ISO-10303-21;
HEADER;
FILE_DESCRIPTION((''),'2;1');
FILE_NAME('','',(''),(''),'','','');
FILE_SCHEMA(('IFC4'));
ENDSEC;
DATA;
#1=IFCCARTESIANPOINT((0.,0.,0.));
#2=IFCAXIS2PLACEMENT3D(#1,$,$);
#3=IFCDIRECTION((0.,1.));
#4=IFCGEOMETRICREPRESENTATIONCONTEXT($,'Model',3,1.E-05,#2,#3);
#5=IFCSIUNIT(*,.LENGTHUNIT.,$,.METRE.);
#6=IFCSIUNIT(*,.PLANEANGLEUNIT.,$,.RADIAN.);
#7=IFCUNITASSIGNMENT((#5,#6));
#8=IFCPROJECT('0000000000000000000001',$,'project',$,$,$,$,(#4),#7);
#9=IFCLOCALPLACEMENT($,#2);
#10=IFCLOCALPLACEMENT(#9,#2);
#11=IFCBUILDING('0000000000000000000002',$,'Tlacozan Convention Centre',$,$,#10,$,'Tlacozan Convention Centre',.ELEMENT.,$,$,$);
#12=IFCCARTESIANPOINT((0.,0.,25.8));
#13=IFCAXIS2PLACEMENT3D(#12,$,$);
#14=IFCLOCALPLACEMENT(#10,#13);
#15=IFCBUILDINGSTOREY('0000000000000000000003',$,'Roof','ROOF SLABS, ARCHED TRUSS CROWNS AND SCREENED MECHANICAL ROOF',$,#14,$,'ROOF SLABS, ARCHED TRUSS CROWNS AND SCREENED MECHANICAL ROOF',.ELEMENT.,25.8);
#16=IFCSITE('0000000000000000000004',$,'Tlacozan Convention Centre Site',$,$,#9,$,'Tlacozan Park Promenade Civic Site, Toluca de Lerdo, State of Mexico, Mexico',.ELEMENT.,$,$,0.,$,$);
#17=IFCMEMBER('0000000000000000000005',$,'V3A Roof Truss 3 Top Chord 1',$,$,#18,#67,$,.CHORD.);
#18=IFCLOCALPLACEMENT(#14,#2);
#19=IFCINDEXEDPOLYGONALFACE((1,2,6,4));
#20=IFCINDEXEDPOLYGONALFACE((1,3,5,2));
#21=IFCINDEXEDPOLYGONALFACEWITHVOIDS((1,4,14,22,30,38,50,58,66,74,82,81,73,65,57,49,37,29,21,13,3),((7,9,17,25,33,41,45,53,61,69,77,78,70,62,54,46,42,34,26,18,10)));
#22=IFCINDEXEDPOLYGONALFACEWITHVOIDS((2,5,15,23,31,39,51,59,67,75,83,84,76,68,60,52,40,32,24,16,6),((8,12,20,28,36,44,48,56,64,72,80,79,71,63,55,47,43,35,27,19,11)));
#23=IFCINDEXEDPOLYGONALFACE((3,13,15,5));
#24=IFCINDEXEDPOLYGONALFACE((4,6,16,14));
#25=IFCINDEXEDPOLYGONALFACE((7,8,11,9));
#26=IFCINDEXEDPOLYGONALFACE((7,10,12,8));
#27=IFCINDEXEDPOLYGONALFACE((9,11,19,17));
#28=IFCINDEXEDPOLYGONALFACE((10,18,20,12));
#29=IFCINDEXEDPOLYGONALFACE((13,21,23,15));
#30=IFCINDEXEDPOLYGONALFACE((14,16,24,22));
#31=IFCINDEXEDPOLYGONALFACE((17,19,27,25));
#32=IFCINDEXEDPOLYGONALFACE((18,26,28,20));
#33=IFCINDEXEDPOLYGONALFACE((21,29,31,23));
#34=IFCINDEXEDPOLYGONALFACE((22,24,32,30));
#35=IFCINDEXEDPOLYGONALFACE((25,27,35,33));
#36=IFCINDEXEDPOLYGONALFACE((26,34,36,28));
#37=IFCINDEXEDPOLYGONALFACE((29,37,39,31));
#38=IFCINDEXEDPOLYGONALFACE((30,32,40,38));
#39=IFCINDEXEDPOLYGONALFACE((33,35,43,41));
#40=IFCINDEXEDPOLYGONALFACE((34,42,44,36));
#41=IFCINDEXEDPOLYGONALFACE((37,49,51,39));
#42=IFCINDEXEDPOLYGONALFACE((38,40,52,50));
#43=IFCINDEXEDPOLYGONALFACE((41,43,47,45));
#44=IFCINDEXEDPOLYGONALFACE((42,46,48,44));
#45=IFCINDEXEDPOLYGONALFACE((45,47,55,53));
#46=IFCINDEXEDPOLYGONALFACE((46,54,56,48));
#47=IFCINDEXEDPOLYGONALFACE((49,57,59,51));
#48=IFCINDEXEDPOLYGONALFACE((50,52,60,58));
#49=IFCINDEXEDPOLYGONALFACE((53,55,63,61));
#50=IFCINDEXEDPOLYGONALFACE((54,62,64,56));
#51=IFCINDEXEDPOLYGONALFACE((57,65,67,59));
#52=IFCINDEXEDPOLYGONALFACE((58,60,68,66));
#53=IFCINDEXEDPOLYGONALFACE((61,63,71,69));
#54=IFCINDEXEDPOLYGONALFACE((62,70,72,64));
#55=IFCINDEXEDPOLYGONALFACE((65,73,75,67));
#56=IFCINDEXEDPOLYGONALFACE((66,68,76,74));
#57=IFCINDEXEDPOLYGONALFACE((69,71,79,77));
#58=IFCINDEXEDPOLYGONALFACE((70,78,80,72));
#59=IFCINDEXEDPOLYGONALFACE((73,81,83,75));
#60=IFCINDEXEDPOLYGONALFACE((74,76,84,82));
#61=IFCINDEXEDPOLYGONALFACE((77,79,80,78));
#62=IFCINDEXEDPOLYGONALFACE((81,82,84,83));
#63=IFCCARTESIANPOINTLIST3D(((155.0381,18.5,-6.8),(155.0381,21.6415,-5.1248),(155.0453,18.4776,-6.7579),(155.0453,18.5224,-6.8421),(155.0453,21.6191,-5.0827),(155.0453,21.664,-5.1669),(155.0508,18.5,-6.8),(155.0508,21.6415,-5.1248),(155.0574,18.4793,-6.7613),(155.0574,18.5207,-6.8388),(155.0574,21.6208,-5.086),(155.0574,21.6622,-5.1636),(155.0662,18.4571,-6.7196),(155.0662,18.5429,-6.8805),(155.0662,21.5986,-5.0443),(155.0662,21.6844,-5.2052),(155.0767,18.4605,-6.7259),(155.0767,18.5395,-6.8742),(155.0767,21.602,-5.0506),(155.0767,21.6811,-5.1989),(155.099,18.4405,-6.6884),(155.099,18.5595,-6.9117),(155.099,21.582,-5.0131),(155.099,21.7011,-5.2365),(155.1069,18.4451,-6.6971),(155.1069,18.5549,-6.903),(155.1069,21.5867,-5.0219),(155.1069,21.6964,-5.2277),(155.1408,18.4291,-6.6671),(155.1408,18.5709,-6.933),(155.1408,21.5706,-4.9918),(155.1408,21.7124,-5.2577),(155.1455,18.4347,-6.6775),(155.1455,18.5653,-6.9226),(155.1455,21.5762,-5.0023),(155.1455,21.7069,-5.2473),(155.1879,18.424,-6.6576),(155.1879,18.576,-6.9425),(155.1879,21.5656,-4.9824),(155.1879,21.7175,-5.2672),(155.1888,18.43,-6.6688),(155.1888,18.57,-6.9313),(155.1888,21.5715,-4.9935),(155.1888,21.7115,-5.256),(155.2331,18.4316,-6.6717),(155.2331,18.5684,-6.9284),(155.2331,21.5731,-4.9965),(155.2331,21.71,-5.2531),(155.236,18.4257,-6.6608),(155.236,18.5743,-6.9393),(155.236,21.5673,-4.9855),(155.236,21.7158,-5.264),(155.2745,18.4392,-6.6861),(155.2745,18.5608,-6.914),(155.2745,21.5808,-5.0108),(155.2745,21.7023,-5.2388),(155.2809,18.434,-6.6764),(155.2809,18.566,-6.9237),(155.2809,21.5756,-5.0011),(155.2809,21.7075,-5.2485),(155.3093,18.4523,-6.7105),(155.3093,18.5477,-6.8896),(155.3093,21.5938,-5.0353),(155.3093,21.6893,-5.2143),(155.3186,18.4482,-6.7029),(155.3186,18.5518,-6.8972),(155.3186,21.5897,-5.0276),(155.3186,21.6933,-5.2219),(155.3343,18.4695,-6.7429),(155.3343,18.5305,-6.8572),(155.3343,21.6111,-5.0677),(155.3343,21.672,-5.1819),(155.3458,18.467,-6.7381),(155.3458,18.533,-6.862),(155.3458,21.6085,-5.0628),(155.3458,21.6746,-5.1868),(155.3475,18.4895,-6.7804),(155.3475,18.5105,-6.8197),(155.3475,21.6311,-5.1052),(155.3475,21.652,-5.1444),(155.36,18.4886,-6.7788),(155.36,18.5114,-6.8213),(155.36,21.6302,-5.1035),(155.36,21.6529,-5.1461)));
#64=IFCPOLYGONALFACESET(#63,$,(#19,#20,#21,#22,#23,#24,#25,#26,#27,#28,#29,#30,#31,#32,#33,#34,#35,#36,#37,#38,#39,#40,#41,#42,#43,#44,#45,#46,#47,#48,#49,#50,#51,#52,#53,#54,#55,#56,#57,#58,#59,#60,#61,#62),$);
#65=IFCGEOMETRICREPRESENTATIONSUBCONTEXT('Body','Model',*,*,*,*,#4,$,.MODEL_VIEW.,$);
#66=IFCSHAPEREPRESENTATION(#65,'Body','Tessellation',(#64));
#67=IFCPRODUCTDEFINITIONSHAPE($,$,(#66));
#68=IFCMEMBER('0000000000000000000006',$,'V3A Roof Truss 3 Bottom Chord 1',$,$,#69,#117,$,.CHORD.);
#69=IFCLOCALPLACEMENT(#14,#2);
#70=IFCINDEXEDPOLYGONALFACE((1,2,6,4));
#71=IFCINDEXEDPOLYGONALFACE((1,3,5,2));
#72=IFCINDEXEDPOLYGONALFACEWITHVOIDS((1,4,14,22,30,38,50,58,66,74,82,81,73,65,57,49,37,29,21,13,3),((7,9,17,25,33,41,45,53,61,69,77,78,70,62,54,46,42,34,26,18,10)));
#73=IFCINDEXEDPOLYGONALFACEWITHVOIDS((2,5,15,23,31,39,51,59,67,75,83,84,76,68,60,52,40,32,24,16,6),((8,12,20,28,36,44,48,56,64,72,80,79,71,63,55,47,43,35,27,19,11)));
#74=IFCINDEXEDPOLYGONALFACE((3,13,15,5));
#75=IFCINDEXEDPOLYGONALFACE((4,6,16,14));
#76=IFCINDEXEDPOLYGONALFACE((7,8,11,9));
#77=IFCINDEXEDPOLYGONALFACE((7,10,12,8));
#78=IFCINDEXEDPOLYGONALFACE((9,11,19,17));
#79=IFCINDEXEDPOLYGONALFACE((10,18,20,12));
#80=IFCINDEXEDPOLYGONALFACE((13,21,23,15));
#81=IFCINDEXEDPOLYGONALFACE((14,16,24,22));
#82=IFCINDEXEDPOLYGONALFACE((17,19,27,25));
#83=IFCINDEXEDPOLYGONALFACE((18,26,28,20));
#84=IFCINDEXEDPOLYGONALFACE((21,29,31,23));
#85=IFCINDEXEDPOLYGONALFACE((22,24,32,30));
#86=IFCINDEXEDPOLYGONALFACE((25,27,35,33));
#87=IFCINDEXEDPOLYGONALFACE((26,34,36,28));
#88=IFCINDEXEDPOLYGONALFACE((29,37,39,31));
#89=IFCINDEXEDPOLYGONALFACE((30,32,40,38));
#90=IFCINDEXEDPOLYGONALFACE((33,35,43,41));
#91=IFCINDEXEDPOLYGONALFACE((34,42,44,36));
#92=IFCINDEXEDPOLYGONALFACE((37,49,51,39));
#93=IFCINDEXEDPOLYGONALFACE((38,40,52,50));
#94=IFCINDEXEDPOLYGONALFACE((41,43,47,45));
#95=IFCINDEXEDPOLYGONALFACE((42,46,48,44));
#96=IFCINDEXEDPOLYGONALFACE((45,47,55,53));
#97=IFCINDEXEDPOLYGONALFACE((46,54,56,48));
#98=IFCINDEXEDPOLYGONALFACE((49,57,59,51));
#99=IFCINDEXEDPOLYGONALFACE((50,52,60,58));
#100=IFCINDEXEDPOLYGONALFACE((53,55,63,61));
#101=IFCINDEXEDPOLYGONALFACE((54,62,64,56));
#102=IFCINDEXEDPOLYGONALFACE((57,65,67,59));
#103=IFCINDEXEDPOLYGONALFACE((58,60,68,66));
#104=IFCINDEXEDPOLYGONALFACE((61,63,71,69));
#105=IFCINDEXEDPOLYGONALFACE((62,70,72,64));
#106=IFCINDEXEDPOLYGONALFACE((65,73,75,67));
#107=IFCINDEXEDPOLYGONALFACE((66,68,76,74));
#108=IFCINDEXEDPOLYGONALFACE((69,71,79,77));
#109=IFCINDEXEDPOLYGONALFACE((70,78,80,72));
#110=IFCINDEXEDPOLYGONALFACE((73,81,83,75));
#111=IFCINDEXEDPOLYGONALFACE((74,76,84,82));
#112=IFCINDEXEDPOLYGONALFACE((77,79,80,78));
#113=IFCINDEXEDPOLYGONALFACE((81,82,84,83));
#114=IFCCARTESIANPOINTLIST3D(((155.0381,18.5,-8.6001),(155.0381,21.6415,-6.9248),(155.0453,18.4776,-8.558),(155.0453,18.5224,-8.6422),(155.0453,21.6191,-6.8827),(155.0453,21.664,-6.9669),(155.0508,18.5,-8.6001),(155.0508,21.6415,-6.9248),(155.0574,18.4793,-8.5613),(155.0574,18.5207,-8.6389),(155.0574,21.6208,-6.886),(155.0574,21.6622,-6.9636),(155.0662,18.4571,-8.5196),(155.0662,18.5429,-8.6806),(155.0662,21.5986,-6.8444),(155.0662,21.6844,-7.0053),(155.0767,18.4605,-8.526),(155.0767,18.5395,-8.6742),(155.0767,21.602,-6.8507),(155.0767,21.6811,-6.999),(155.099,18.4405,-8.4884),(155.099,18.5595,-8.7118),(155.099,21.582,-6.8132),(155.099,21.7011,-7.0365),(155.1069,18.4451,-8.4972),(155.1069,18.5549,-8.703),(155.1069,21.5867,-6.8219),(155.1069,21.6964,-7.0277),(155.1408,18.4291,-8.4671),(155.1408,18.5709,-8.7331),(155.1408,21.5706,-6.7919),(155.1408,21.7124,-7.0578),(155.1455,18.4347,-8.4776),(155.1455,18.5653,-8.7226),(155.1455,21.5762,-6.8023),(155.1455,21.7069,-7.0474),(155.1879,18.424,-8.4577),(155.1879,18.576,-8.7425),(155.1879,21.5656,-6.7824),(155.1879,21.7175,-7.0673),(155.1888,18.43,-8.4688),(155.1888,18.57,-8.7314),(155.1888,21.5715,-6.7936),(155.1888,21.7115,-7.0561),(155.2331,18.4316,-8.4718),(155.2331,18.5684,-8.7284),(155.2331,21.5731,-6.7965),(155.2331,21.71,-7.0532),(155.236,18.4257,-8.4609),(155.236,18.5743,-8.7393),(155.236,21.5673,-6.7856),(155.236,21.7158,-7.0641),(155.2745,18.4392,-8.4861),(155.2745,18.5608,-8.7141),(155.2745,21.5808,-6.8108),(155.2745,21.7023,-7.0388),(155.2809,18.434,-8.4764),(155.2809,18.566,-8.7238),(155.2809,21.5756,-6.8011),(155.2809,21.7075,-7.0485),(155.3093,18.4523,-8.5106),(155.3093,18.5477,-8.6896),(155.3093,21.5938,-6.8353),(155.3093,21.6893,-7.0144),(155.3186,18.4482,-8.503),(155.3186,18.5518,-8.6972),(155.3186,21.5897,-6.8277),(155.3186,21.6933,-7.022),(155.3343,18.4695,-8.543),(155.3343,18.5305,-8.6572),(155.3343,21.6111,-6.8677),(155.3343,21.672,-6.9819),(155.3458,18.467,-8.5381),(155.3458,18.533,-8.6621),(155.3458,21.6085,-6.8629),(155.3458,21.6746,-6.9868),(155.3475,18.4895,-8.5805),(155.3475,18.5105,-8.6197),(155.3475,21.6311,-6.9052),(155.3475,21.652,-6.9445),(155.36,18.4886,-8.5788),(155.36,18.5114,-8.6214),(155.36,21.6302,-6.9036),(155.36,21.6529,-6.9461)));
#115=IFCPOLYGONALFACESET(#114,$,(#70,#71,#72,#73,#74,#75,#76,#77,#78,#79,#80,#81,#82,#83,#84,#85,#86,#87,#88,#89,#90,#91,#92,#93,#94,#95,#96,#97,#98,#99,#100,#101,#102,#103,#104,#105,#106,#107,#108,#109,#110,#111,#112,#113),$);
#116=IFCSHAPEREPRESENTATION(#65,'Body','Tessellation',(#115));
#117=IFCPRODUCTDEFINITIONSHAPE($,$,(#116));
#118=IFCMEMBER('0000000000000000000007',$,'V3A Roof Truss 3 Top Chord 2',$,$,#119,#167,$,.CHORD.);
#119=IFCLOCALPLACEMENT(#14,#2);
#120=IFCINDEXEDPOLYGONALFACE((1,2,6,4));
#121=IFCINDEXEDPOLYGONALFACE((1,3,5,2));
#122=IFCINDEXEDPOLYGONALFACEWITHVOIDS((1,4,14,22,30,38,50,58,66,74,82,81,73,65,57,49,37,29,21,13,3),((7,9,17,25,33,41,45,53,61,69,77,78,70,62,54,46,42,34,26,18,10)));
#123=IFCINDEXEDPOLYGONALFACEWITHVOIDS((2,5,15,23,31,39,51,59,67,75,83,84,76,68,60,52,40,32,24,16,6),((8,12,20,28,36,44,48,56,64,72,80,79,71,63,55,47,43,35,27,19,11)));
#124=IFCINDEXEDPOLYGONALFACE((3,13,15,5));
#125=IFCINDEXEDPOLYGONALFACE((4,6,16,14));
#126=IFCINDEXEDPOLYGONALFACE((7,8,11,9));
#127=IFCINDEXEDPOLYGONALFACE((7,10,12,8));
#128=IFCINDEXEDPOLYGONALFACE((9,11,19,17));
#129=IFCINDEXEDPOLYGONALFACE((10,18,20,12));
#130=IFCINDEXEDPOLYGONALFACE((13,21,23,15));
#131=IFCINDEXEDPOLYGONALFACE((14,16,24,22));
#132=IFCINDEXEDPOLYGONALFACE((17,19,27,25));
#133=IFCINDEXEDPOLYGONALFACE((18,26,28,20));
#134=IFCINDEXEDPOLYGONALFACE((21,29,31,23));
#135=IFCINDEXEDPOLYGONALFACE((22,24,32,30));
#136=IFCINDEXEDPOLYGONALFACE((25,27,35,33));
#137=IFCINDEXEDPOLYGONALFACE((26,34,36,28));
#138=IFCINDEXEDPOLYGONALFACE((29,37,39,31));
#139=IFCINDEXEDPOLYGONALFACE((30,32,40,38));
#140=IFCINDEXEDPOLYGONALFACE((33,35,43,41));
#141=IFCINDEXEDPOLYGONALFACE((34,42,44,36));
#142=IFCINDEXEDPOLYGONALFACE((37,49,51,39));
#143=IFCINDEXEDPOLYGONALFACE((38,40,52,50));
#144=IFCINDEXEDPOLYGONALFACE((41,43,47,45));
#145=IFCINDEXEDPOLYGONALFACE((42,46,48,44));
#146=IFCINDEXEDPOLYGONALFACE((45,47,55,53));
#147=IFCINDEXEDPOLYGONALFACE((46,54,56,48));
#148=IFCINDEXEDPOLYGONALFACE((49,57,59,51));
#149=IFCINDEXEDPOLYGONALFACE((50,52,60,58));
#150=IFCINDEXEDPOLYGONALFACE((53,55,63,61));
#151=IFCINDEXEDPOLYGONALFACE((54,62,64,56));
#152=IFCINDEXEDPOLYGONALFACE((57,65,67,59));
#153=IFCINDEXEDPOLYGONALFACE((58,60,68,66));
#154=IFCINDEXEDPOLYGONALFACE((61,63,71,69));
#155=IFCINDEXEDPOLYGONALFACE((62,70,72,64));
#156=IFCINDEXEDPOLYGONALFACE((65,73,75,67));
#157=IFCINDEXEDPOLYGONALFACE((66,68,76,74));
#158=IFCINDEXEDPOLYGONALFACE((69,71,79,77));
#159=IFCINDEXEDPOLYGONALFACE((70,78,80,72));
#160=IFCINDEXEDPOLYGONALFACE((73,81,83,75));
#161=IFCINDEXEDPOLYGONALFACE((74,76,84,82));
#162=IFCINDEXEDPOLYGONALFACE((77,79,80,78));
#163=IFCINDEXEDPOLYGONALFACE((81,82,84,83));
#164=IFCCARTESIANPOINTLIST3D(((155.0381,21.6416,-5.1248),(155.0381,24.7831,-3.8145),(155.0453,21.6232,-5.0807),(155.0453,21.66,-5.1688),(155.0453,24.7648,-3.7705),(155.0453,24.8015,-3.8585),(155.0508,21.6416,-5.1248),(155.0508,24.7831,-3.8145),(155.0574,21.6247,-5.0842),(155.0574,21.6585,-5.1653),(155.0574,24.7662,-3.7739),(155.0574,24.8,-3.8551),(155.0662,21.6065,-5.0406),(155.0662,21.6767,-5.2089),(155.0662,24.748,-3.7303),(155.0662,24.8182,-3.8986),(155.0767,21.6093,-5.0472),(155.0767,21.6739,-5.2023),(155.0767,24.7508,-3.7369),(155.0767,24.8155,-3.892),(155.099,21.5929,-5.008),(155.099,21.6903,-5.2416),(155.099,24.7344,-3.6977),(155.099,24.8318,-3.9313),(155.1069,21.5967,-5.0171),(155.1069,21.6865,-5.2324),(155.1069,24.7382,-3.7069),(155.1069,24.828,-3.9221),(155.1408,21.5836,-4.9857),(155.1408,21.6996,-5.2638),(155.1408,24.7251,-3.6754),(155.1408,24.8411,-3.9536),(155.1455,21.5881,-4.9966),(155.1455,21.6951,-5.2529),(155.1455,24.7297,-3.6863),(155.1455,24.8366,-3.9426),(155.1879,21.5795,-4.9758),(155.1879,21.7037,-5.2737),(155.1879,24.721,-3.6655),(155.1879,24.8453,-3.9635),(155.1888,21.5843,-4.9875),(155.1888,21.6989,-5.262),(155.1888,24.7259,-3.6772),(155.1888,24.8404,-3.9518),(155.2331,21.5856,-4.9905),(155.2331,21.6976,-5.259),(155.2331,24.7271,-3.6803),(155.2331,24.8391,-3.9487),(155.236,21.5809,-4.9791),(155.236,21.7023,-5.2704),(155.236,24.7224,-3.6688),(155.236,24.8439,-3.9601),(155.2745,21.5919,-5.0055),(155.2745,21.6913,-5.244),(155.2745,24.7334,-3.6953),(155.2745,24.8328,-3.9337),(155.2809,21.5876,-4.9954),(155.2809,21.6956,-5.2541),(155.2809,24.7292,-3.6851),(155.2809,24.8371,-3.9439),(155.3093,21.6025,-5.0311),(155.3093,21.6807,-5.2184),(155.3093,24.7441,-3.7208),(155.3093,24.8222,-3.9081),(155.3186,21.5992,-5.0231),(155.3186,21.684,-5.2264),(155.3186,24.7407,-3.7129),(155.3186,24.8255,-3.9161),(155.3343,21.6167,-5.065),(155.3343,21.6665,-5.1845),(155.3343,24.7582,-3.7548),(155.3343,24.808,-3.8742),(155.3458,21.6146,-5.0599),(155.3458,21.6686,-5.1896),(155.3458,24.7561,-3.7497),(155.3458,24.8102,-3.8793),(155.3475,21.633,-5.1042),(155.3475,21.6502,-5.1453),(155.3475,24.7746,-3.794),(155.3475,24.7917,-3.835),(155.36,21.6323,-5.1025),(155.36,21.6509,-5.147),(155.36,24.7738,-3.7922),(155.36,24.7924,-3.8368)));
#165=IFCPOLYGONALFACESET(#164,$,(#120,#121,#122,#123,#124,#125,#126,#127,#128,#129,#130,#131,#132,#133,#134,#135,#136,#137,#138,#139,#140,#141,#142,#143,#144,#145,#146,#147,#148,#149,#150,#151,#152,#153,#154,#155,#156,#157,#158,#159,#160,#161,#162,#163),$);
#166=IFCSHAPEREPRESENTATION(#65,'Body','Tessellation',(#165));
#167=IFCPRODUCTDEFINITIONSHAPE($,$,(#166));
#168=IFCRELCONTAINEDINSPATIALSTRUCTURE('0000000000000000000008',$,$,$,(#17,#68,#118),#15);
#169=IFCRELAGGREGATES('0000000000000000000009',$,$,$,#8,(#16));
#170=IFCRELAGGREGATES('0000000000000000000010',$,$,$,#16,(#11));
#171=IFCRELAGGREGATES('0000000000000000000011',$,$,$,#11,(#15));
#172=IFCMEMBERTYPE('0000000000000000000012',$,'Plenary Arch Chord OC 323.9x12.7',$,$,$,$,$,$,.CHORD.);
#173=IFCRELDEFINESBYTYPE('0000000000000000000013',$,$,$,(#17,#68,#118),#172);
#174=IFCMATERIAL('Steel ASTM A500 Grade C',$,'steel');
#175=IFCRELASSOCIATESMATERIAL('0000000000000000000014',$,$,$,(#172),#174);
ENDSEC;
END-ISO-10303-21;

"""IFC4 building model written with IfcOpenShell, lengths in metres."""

from ifc_helpers import new_model, si_unit, direction, frame, origin, origin_2d, place, context, subcontext, project, spatial, hollow_circle, extrude, material, material_profile, profile_set, type_object, element, save


model = new_model("IFC4")

# Units and contexts
model_context = context("Model", 3, precision=1e-05, world=origin(), true_north=direction((0.0, 1.0)))
body_context = subcontext(model_context, "Body", "Model", "MODEL_VIEW")
ifc_project = project(units=[si_unit("LENGTHUNIT", "METRE"), si_unit("PLANEANGLEUNIT", "RADIAN")], contexts=[model_context])

# Site, building, storey
site_placement = place(None, origin())
site = spatial("IfcSite", under=ifc_project, at=site_placement, Name="Tlacozan Convention Centre Site", LongName="Tlacozan Park Promenade Civic Site, Toluca de Lerdo, State of Mexico, Mexico", CompositionType="ELEMENT", RefElevation=0.0)
building_placement = place(site_placement, origin())
building = spatial("IfcBuilding", under=site, at=building_placement, Name="Tlacozan Convention Centre", LongName="Tlacozan Convention Centre", CompositionType="ELEMENT")
storey_placement = place(building_placement, frame((0.0, 0.0, 25.8)))
storey = spatial("IfcBuildingStorey", under=building, at=storey_placement, Name="Roof", Description="ROOF SLABS, ARCHED TRUSS CROWNS AND SCREENED MECHANICAL ROOF", LongName="ROOF SLABS, ARCHED TRUSS CROWNS AND SCREENED MECHANICAL ROOF", CompositionType="ELEMENT", Elevation=25.8)

# Members
ifc_material_1 = material(Name="Steel ASTM A500 Grade C", Category="steel")
ifc_material_profile_1 = material_profile(ifc_material_1, hollow_circle(Radius=0.1619, WallThickness=0.0127, at=origin_2d()), Name="OC 323.9x12.7")
ifc_profile_set_1 = profile_set([ifc_material_profile_1], Name="Steel ASTM A500 Grade C")
member_type_1 = type_object("IfcMemberType", Name="Plenary Arch Chord OC 323.9x12.7", PredefinedType="CHORD", material=ifc_profile_set_1)
for number, where, z_axis, x_axis, name in (
    (1, (155.2, 18.5, -6.8), (0.0, 0.88238, 0.470538), (-1.0, 0.0, 0.0), "V3A Roof Truss 3 Top Chord 1"),
    (2, (155.2, 18.5, -8.6001), (0.0, 0.88238, 0.470538), (-1.0, 0.0, 0.0), "V3A Roof Truss 3 Bottom Chord 1"),
):
    element("IfcMember", number, at=place(storey_placement, frame(where, z_axis=z_axis, x_axis=x_axis)), inside=storey, type_object=member_type_1, Name=name, PredefinedType="CHORD", context=body_context, shape_type="SweptSolid", body=[
        extrude(hollow_circle(Radius=0.1619, WallThickness=0.0127, at=origin_2d()), origin(), (0.0, 0.0, 1.0), 3.5603),
    ])
for number, where, z_axis, x_axis, name in (
    (3, (155.2, 21.6416, -5.1248), (0.0, 0.922941, 0.384941), (-1.0, 0.0, 0.0), "V3A Roof Truss 3 Top Chord 2"),
):
    element("IfcMember", number, at=place(storey_placement, frame(where, z_axis=z_axis, x_axis=x_axis)), inside=storey, type_object=member_type_1, Name=name, PredefinedType="CHORD", context=body_context, shape_type="SweptSolid", body=[
        extrude(hollow_circle(Radius=0.1619, WallThickness=0.0127, at=origin_2d()), origin(), (0.0, 0.0, 1.0), 3.4038),
    ])

save(model, "model.ifc")
